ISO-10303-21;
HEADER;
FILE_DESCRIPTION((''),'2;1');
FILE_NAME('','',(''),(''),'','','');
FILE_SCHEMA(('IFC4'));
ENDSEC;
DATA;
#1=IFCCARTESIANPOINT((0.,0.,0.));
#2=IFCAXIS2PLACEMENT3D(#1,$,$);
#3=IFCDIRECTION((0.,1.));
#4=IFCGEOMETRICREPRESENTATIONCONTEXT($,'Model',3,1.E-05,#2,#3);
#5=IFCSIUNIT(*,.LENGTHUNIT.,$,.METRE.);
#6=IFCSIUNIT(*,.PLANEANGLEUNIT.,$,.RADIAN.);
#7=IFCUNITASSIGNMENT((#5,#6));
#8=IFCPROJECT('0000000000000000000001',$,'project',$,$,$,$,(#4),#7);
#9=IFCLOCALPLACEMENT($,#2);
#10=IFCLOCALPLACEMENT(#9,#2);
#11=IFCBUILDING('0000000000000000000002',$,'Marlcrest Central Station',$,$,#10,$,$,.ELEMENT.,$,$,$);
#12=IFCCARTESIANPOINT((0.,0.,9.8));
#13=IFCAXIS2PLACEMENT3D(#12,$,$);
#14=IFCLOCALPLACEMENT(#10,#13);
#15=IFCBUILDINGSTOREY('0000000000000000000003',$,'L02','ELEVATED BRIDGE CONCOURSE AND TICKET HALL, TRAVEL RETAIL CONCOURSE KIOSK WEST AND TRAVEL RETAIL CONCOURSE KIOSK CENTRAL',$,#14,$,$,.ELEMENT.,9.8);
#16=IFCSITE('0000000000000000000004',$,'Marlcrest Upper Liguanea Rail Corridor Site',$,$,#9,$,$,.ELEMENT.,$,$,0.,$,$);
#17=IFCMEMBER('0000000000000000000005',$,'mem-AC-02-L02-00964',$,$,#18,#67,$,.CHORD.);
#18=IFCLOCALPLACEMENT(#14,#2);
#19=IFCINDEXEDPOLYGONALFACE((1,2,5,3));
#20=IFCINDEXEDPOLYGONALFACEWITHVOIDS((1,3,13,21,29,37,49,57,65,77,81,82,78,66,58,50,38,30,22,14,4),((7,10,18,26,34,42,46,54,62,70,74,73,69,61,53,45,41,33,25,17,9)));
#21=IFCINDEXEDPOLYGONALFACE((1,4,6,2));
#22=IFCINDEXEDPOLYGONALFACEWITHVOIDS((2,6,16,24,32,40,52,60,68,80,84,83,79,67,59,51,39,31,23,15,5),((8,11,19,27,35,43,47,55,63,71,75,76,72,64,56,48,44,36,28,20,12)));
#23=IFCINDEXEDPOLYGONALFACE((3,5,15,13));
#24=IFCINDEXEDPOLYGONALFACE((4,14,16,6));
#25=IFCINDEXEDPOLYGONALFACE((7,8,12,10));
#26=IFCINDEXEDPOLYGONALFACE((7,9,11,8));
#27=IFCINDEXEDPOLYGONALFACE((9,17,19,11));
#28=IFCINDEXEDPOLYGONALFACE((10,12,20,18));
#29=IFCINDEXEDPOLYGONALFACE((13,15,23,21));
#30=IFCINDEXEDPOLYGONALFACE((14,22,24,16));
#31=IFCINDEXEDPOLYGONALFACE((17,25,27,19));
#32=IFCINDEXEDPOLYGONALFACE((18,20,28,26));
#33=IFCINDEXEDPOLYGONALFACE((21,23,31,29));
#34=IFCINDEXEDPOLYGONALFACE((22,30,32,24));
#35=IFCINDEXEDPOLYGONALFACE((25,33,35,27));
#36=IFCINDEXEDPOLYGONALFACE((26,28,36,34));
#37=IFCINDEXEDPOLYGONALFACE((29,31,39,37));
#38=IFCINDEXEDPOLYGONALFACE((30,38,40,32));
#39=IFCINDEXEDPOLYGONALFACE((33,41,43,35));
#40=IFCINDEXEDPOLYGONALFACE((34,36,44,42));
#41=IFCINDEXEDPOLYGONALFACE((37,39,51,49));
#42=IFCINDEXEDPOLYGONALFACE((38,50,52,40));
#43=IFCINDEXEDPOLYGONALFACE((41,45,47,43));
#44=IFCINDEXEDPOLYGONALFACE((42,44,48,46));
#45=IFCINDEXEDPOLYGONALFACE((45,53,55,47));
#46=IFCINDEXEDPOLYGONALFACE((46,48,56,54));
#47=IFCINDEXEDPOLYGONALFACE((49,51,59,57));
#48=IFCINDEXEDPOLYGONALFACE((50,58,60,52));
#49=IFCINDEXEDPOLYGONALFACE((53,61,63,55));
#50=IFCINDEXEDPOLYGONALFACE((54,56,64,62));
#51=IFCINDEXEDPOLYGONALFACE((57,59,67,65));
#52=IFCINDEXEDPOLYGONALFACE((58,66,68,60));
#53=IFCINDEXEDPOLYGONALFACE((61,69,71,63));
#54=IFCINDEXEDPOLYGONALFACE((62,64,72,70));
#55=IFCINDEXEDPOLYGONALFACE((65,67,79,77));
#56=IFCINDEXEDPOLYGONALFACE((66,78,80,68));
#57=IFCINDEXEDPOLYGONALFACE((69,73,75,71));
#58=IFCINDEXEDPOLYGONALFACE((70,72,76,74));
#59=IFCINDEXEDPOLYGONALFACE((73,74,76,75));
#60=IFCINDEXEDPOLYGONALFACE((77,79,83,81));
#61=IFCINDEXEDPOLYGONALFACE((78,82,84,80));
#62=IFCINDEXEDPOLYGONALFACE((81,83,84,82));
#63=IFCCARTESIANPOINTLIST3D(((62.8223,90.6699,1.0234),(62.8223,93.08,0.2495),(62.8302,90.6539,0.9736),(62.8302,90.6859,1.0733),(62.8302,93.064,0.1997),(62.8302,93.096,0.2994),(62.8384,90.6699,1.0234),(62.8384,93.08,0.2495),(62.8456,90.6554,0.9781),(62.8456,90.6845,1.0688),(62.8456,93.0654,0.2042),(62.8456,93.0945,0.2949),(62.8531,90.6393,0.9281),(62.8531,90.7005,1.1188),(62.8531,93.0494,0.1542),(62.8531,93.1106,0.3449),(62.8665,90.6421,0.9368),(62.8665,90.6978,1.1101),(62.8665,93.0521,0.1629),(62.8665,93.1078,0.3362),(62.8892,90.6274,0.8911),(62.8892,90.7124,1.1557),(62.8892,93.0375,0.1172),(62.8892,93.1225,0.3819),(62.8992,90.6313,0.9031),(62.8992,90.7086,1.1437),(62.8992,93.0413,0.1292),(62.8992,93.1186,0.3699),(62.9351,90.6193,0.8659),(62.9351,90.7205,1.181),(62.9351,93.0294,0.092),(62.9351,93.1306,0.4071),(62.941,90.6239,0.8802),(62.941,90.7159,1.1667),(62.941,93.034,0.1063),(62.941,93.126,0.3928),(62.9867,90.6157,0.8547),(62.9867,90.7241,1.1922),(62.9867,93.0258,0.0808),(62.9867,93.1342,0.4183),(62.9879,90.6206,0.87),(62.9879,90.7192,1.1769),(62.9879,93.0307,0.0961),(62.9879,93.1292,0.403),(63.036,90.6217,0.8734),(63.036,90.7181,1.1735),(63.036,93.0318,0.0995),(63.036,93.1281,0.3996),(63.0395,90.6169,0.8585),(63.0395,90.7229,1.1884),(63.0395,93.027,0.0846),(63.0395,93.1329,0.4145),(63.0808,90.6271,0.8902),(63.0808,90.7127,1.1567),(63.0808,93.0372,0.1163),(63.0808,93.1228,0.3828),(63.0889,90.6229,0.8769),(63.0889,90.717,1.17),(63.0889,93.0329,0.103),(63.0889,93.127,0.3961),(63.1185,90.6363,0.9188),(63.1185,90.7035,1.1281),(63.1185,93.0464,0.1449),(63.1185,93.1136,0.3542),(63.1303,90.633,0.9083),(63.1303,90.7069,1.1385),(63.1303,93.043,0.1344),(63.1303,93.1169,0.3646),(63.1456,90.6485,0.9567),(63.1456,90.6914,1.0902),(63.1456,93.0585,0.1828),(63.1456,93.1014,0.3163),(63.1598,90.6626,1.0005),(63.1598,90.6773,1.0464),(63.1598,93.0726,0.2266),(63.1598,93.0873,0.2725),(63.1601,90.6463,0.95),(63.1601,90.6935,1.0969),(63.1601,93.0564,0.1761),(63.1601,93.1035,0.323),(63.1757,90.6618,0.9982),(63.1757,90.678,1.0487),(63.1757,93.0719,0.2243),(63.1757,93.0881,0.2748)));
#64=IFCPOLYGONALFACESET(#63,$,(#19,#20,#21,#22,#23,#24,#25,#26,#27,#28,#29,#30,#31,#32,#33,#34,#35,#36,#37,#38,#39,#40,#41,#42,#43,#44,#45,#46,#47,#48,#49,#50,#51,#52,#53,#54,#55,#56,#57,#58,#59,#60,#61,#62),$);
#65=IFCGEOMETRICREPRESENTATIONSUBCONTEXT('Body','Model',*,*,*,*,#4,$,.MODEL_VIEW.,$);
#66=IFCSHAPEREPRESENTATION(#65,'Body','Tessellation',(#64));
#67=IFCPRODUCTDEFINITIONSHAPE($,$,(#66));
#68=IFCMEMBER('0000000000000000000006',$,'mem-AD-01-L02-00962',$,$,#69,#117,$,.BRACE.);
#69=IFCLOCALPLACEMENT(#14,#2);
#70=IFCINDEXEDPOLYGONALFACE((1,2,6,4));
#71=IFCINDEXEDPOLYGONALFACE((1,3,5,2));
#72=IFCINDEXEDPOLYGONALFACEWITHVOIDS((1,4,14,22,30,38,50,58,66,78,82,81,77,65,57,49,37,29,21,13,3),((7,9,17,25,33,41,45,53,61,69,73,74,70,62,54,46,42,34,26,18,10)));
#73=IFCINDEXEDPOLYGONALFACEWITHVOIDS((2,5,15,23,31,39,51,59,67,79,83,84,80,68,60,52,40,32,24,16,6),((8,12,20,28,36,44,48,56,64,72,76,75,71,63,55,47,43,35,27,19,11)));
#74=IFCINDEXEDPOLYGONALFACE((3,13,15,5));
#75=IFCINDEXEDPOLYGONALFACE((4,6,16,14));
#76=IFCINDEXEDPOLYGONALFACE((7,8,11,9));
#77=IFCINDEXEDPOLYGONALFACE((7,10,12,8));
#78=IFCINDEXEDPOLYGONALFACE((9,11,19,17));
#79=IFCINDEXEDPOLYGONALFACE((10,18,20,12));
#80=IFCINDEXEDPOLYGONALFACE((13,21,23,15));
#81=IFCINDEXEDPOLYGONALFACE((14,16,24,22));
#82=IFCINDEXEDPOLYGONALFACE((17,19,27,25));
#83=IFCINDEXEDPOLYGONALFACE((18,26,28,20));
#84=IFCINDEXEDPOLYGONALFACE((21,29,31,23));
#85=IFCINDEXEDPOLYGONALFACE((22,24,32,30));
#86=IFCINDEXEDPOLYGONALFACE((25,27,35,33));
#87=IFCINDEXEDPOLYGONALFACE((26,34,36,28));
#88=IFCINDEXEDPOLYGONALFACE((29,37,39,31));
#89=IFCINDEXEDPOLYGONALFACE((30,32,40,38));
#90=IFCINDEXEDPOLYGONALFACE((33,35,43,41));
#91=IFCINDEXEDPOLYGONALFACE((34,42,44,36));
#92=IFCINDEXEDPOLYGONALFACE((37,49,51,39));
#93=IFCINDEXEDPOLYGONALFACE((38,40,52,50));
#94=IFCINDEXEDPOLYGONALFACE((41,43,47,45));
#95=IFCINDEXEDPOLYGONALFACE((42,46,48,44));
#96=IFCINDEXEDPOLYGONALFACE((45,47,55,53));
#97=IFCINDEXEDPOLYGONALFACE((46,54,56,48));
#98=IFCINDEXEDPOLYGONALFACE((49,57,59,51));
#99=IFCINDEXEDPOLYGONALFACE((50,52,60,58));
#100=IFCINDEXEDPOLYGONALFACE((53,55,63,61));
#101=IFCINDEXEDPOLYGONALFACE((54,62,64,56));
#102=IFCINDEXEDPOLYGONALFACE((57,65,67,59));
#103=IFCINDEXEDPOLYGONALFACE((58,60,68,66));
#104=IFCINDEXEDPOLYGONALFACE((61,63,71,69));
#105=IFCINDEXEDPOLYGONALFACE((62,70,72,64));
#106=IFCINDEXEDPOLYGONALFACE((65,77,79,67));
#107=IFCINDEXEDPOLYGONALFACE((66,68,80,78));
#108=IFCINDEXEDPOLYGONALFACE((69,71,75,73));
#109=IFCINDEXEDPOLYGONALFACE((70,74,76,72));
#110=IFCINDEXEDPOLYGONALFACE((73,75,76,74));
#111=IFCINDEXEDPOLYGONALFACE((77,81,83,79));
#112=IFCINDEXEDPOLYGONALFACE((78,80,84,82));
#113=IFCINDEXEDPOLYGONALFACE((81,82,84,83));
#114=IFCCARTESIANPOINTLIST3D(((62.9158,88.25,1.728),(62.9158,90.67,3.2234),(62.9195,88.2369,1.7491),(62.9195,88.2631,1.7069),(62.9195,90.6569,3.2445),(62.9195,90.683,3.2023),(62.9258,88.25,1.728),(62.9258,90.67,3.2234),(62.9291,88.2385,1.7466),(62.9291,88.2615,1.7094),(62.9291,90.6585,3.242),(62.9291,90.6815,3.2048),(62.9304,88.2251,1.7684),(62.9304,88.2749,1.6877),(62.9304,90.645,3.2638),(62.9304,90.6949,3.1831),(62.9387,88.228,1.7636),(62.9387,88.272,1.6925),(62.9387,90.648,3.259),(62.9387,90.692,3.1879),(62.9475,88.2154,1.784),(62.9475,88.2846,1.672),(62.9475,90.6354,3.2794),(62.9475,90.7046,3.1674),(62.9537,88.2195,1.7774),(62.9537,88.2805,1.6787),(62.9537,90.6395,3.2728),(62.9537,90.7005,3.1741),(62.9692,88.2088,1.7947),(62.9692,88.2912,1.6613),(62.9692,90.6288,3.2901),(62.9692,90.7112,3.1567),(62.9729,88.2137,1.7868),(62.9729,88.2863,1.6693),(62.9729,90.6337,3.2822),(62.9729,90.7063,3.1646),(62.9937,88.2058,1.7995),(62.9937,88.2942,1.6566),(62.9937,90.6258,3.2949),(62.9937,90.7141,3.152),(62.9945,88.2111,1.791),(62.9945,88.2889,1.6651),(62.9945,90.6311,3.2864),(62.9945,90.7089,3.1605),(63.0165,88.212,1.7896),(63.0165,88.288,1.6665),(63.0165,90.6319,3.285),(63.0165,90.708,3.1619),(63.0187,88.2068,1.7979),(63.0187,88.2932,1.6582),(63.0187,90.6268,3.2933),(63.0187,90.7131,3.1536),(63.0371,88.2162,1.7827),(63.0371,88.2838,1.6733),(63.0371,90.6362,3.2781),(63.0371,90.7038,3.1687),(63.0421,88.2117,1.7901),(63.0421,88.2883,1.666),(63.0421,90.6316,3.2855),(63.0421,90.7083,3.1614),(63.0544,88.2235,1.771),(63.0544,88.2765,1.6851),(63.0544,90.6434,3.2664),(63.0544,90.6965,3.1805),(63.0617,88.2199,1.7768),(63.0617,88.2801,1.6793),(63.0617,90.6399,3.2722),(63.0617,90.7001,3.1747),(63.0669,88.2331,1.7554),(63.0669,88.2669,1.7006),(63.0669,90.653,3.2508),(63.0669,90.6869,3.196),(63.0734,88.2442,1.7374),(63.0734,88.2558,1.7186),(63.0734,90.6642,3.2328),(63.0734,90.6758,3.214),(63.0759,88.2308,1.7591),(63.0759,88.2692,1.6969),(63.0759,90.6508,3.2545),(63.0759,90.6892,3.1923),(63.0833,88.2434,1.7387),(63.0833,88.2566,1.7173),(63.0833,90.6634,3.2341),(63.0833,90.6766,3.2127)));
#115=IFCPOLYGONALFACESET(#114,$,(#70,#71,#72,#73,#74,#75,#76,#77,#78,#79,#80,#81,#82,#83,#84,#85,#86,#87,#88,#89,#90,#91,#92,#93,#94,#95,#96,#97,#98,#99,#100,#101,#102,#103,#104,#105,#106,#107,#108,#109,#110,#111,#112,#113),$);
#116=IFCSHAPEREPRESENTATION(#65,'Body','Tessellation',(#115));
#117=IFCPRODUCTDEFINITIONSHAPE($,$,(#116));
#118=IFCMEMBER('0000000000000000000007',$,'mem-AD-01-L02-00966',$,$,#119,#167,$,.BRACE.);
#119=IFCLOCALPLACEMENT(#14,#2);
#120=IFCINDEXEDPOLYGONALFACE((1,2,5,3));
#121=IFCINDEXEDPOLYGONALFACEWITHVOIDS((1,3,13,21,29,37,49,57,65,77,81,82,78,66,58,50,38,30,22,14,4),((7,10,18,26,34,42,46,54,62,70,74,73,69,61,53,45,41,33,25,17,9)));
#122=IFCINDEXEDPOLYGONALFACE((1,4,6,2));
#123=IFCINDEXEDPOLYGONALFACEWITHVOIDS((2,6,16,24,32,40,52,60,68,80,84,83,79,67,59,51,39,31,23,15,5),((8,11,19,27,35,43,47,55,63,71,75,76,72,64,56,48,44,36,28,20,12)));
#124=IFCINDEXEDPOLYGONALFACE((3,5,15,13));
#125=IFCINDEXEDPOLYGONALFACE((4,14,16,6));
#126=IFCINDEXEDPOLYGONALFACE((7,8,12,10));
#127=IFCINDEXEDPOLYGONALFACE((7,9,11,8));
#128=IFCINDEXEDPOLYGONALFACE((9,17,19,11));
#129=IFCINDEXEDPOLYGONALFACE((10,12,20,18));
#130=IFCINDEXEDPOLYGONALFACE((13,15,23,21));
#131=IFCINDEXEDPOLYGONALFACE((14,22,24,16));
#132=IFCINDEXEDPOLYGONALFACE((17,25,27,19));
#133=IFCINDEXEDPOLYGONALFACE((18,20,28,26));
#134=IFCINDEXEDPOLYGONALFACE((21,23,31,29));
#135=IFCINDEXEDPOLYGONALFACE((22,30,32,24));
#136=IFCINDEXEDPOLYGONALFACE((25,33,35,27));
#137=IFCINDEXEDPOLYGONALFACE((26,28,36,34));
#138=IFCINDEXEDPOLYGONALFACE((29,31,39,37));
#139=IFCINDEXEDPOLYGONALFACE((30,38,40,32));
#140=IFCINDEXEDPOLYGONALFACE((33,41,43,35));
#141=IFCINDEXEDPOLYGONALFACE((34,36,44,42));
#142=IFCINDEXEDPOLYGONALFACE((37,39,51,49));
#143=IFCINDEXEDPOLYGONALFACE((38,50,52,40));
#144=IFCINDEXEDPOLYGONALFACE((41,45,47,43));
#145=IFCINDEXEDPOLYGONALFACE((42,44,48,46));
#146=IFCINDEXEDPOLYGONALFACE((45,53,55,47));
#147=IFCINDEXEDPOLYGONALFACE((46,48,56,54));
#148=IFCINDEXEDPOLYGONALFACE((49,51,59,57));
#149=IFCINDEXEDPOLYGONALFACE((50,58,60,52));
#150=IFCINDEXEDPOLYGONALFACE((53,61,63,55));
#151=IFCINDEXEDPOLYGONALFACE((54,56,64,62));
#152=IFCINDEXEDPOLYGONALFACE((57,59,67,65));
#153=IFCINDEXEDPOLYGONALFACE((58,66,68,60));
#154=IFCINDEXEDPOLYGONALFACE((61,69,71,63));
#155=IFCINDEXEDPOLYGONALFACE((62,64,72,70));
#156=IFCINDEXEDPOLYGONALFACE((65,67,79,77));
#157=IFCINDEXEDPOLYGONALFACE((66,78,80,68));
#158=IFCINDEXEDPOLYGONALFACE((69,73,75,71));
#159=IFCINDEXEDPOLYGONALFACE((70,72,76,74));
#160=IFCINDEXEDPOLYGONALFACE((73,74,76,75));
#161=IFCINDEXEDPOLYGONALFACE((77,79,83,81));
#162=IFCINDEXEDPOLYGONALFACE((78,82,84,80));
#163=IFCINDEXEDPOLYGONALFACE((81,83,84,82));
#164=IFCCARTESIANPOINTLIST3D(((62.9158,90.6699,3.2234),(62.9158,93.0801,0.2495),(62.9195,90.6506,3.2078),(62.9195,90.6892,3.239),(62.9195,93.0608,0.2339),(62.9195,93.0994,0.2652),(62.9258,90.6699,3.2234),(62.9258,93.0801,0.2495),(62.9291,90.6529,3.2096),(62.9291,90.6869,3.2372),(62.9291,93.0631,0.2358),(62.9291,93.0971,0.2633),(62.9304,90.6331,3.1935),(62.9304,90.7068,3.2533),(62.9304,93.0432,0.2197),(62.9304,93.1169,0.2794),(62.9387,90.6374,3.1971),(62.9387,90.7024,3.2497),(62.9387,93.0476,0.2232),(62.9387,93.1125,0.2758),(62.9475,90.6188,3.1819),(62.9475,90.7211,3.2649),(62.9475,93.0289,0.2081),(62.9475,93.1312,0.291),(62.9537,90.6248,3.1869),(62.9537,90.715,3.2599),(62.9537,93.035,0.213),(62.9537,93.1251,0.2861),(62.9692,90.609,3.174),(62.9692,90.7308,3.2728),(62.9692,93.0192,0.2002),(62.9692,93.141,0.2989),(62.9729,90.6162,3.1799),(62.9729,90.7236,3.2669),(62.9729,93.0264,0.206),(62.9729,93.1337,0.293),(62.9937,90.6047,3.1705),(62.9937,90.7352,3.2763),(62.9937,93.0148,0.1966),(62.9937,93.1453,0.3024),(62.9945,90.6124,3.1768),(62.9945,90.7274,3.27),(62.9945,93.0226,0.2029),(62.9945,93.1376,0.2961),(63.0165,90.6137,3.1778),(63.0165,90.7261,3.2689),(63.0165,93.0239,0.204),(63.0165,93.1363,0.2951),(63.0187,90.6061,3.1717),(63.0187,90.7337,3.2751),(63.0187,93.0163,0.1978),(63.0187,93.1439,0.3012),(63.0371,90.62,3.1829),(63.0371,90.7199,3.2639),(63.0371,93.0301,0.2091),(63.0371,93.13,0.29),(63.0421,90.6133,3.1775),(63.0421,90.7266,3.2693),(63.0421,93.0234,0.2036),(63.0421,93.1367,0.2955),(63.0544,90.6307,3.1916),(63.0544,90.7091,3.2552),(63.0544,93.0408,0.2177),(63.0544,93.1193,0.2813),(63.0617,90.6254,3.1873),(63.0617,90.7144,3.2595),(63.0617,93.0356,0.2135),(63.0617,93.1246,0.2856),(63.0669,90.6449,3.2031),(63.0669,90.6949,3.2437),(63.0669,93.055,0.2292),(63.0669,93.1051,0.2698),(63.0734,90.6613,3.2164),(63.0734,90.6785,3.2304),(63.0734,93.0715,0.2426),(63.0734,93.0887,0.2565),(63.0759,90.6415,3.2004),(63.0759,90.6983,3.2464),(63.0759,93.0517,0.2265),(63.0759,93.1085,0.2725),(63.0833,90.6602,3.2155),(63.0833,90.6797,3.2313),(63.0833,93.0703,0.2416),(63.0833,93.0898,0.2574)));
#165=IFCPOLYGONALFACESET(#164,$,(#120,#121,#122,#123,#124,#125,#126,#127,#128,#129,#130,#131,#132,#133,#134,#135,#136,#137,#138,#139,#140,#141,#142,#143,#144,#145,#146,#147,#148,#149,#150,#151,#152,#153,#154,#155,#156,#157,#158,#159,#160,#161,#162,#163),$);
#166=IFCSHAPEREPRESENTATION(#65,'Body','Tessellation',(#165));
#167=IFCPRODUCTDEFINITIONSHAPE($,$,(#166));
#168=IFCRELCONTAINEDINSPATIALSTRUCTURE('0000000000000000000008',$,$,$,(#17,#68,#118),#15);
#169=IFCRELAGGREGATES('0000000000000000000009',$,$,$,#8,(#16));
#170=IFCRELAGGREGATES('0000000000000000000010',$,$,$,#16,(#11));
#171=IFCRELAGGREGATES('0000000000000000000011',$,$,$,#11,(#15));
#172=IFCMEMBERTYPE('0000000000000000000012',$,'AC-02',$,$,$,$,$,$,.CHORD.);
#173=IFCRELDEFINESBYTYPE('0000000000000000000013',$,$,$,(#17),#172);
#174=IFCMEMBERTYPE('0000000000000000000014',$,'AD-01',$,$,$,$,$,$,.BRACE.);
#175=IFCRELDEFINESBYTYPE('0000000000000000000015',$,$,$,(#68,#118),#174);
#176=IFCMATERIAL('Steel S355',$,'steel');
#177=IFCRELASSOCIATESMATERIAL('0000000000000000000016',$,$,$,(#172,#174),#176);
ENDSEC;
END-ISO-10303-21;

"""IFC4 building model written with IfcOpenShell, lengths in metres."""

from ifc_helpers import new_model, si_unit, direction, frame, origin, origin_2d, place, context, subcontext, project, spatial, hollow_circle, extrude, material, material_profile, profile_set, type_object, element, save


model = new_model("IFC4")

# Units and contexts
model_context = context("Model", 3, precision=1e-05, world=origin(), true_north=direction((0.0, 1.0)))
body_context = subcontext(model_context, "Body", "Model", "MODEL_VIEW")
ifc_project = project(units=[si_unit("LENGTHUNIT", "METRE"), si_unit("PLANEANGLEUNIT", "RADIAN")], contexts=[model_context])

# Site, building, storey
site_placement = place(None, origin())
site = spatial("IfcSite", under=ifc_project, at=site_placement, Name="Marlcrest Upper Liguanea Rail Corridor Site", CompositionType="ELEMENT", RefElevation=0.0)
building_placement = place(site_placement, origin())
building = spatial("IfcBuilding", under=site, at=building_placement, Name="Marlcrest Central Station", CompositionType="ELEMENT")
storey_placement = place(building_placement, frame((0.0, 0.0, 9.8)))
storey = spatial("IfcBuildingStorey", under=building, at=storey_placement, Name="L02", Description="ELEVATED BRIDGE CONCOURSE AND TICKET HALL, TRAVEL RETAIL CONCOURSE KIOSK WEST AND TRAVEL RETAIL CONCOURSE KIOSK CENTRAL", CompositionType="ELEMENT", Elevation=9.8)

# Members
ifc_material_1 = material(Name="Steel S355", Category="steel")
ifc_material_profile_1 = material_profile(ifc_material_1, hollow_circle(Radius=0.1777, WallThickness=0.0161, at=origin_2d()), Name="CHS 355.6x16")
ifc_profile_set_1 = profile_set([ifc_material_profile_1], Name="Steel S355")
member_type_1 = type_object("IfcMemberType", Name="AC-02", PredefinedType="CHORD", material=ifc_profile_set_1)
member_1_placement = place(storey_placement, frame((63.0, 90.6699, 1.0234), z_axis=(0.0, 0.952117, -0.305734), x_axis=(-1.0, 0.0, 0.0)))
element("IfcMember", 1, at=member_1_placement, inside=storey, type_object=member_type_1, Name="mem-AC-02-L02-00964", PredefinedType="CHORD", context=body_context, shape_type="SweptSolid", body=[
    extrude(hollow_circle(Radius=0.1777, WallThickness=0.0161, at=origin_2d()), origin(), (0.0, 0.0, 1.0), 2.5312),
])
ifc_material_profile_2 = material_profile(ifc_material_1, hollow_circle(Radius=0.0842, WallThickness=0.01, at=origin_2d()), Name="CHS 168.3x10")
ifc_profile_set_2 = profile_set([ifc_material_profile_2], Name="Steel S355")
member_type_2 = type_object("IfcMemberType", Name="AD-01", PredefinedType="BRACE", material=ifc_profile_set_2)
member_2_placement = place(storey_placement, frame((63.0, 88.25, 1.728), z_axis=(0.0, 0.850687, 0.525672), x_axis=(-1.0, 0.0, 0.0)))
element("IfcMember", 2, at=member_2_placement, inside=storey, type_object=member_type_2, Name="mem-AD-01-L02-00962", PredefinedType="BRACE", context=body_context, shape_type="SweptSolid", body=[
    extrude(hollow_circle(Radius=0.0842, WallThickness=0.01, at=origin_2d()), origin(), (0.0, 0.0, 1.0), 2.8447),
])
member_3_placement = place(storey_placement, frame((63.0, 90.6699, 3.2234), z_axis=(0.0, 0.629629, -0.776896), x_axis=(-1.0, 0.0, 0.0)))
element("IfcMember", 3, at=member_3_placement, inside=storey, type_object=member_type_2, Name="mem-AD-01-L02-00966", PredefinedType="BRACE", context=body_context, shape_type="SweptSolid", body=[
    extrude(hollow_circle(Radius=0.0842, WallThickness=0.01, at=origin_2d()), origin(), (0.0, 0.0, 1.0), 3.8279),
])

save(model, "model.ifc")
